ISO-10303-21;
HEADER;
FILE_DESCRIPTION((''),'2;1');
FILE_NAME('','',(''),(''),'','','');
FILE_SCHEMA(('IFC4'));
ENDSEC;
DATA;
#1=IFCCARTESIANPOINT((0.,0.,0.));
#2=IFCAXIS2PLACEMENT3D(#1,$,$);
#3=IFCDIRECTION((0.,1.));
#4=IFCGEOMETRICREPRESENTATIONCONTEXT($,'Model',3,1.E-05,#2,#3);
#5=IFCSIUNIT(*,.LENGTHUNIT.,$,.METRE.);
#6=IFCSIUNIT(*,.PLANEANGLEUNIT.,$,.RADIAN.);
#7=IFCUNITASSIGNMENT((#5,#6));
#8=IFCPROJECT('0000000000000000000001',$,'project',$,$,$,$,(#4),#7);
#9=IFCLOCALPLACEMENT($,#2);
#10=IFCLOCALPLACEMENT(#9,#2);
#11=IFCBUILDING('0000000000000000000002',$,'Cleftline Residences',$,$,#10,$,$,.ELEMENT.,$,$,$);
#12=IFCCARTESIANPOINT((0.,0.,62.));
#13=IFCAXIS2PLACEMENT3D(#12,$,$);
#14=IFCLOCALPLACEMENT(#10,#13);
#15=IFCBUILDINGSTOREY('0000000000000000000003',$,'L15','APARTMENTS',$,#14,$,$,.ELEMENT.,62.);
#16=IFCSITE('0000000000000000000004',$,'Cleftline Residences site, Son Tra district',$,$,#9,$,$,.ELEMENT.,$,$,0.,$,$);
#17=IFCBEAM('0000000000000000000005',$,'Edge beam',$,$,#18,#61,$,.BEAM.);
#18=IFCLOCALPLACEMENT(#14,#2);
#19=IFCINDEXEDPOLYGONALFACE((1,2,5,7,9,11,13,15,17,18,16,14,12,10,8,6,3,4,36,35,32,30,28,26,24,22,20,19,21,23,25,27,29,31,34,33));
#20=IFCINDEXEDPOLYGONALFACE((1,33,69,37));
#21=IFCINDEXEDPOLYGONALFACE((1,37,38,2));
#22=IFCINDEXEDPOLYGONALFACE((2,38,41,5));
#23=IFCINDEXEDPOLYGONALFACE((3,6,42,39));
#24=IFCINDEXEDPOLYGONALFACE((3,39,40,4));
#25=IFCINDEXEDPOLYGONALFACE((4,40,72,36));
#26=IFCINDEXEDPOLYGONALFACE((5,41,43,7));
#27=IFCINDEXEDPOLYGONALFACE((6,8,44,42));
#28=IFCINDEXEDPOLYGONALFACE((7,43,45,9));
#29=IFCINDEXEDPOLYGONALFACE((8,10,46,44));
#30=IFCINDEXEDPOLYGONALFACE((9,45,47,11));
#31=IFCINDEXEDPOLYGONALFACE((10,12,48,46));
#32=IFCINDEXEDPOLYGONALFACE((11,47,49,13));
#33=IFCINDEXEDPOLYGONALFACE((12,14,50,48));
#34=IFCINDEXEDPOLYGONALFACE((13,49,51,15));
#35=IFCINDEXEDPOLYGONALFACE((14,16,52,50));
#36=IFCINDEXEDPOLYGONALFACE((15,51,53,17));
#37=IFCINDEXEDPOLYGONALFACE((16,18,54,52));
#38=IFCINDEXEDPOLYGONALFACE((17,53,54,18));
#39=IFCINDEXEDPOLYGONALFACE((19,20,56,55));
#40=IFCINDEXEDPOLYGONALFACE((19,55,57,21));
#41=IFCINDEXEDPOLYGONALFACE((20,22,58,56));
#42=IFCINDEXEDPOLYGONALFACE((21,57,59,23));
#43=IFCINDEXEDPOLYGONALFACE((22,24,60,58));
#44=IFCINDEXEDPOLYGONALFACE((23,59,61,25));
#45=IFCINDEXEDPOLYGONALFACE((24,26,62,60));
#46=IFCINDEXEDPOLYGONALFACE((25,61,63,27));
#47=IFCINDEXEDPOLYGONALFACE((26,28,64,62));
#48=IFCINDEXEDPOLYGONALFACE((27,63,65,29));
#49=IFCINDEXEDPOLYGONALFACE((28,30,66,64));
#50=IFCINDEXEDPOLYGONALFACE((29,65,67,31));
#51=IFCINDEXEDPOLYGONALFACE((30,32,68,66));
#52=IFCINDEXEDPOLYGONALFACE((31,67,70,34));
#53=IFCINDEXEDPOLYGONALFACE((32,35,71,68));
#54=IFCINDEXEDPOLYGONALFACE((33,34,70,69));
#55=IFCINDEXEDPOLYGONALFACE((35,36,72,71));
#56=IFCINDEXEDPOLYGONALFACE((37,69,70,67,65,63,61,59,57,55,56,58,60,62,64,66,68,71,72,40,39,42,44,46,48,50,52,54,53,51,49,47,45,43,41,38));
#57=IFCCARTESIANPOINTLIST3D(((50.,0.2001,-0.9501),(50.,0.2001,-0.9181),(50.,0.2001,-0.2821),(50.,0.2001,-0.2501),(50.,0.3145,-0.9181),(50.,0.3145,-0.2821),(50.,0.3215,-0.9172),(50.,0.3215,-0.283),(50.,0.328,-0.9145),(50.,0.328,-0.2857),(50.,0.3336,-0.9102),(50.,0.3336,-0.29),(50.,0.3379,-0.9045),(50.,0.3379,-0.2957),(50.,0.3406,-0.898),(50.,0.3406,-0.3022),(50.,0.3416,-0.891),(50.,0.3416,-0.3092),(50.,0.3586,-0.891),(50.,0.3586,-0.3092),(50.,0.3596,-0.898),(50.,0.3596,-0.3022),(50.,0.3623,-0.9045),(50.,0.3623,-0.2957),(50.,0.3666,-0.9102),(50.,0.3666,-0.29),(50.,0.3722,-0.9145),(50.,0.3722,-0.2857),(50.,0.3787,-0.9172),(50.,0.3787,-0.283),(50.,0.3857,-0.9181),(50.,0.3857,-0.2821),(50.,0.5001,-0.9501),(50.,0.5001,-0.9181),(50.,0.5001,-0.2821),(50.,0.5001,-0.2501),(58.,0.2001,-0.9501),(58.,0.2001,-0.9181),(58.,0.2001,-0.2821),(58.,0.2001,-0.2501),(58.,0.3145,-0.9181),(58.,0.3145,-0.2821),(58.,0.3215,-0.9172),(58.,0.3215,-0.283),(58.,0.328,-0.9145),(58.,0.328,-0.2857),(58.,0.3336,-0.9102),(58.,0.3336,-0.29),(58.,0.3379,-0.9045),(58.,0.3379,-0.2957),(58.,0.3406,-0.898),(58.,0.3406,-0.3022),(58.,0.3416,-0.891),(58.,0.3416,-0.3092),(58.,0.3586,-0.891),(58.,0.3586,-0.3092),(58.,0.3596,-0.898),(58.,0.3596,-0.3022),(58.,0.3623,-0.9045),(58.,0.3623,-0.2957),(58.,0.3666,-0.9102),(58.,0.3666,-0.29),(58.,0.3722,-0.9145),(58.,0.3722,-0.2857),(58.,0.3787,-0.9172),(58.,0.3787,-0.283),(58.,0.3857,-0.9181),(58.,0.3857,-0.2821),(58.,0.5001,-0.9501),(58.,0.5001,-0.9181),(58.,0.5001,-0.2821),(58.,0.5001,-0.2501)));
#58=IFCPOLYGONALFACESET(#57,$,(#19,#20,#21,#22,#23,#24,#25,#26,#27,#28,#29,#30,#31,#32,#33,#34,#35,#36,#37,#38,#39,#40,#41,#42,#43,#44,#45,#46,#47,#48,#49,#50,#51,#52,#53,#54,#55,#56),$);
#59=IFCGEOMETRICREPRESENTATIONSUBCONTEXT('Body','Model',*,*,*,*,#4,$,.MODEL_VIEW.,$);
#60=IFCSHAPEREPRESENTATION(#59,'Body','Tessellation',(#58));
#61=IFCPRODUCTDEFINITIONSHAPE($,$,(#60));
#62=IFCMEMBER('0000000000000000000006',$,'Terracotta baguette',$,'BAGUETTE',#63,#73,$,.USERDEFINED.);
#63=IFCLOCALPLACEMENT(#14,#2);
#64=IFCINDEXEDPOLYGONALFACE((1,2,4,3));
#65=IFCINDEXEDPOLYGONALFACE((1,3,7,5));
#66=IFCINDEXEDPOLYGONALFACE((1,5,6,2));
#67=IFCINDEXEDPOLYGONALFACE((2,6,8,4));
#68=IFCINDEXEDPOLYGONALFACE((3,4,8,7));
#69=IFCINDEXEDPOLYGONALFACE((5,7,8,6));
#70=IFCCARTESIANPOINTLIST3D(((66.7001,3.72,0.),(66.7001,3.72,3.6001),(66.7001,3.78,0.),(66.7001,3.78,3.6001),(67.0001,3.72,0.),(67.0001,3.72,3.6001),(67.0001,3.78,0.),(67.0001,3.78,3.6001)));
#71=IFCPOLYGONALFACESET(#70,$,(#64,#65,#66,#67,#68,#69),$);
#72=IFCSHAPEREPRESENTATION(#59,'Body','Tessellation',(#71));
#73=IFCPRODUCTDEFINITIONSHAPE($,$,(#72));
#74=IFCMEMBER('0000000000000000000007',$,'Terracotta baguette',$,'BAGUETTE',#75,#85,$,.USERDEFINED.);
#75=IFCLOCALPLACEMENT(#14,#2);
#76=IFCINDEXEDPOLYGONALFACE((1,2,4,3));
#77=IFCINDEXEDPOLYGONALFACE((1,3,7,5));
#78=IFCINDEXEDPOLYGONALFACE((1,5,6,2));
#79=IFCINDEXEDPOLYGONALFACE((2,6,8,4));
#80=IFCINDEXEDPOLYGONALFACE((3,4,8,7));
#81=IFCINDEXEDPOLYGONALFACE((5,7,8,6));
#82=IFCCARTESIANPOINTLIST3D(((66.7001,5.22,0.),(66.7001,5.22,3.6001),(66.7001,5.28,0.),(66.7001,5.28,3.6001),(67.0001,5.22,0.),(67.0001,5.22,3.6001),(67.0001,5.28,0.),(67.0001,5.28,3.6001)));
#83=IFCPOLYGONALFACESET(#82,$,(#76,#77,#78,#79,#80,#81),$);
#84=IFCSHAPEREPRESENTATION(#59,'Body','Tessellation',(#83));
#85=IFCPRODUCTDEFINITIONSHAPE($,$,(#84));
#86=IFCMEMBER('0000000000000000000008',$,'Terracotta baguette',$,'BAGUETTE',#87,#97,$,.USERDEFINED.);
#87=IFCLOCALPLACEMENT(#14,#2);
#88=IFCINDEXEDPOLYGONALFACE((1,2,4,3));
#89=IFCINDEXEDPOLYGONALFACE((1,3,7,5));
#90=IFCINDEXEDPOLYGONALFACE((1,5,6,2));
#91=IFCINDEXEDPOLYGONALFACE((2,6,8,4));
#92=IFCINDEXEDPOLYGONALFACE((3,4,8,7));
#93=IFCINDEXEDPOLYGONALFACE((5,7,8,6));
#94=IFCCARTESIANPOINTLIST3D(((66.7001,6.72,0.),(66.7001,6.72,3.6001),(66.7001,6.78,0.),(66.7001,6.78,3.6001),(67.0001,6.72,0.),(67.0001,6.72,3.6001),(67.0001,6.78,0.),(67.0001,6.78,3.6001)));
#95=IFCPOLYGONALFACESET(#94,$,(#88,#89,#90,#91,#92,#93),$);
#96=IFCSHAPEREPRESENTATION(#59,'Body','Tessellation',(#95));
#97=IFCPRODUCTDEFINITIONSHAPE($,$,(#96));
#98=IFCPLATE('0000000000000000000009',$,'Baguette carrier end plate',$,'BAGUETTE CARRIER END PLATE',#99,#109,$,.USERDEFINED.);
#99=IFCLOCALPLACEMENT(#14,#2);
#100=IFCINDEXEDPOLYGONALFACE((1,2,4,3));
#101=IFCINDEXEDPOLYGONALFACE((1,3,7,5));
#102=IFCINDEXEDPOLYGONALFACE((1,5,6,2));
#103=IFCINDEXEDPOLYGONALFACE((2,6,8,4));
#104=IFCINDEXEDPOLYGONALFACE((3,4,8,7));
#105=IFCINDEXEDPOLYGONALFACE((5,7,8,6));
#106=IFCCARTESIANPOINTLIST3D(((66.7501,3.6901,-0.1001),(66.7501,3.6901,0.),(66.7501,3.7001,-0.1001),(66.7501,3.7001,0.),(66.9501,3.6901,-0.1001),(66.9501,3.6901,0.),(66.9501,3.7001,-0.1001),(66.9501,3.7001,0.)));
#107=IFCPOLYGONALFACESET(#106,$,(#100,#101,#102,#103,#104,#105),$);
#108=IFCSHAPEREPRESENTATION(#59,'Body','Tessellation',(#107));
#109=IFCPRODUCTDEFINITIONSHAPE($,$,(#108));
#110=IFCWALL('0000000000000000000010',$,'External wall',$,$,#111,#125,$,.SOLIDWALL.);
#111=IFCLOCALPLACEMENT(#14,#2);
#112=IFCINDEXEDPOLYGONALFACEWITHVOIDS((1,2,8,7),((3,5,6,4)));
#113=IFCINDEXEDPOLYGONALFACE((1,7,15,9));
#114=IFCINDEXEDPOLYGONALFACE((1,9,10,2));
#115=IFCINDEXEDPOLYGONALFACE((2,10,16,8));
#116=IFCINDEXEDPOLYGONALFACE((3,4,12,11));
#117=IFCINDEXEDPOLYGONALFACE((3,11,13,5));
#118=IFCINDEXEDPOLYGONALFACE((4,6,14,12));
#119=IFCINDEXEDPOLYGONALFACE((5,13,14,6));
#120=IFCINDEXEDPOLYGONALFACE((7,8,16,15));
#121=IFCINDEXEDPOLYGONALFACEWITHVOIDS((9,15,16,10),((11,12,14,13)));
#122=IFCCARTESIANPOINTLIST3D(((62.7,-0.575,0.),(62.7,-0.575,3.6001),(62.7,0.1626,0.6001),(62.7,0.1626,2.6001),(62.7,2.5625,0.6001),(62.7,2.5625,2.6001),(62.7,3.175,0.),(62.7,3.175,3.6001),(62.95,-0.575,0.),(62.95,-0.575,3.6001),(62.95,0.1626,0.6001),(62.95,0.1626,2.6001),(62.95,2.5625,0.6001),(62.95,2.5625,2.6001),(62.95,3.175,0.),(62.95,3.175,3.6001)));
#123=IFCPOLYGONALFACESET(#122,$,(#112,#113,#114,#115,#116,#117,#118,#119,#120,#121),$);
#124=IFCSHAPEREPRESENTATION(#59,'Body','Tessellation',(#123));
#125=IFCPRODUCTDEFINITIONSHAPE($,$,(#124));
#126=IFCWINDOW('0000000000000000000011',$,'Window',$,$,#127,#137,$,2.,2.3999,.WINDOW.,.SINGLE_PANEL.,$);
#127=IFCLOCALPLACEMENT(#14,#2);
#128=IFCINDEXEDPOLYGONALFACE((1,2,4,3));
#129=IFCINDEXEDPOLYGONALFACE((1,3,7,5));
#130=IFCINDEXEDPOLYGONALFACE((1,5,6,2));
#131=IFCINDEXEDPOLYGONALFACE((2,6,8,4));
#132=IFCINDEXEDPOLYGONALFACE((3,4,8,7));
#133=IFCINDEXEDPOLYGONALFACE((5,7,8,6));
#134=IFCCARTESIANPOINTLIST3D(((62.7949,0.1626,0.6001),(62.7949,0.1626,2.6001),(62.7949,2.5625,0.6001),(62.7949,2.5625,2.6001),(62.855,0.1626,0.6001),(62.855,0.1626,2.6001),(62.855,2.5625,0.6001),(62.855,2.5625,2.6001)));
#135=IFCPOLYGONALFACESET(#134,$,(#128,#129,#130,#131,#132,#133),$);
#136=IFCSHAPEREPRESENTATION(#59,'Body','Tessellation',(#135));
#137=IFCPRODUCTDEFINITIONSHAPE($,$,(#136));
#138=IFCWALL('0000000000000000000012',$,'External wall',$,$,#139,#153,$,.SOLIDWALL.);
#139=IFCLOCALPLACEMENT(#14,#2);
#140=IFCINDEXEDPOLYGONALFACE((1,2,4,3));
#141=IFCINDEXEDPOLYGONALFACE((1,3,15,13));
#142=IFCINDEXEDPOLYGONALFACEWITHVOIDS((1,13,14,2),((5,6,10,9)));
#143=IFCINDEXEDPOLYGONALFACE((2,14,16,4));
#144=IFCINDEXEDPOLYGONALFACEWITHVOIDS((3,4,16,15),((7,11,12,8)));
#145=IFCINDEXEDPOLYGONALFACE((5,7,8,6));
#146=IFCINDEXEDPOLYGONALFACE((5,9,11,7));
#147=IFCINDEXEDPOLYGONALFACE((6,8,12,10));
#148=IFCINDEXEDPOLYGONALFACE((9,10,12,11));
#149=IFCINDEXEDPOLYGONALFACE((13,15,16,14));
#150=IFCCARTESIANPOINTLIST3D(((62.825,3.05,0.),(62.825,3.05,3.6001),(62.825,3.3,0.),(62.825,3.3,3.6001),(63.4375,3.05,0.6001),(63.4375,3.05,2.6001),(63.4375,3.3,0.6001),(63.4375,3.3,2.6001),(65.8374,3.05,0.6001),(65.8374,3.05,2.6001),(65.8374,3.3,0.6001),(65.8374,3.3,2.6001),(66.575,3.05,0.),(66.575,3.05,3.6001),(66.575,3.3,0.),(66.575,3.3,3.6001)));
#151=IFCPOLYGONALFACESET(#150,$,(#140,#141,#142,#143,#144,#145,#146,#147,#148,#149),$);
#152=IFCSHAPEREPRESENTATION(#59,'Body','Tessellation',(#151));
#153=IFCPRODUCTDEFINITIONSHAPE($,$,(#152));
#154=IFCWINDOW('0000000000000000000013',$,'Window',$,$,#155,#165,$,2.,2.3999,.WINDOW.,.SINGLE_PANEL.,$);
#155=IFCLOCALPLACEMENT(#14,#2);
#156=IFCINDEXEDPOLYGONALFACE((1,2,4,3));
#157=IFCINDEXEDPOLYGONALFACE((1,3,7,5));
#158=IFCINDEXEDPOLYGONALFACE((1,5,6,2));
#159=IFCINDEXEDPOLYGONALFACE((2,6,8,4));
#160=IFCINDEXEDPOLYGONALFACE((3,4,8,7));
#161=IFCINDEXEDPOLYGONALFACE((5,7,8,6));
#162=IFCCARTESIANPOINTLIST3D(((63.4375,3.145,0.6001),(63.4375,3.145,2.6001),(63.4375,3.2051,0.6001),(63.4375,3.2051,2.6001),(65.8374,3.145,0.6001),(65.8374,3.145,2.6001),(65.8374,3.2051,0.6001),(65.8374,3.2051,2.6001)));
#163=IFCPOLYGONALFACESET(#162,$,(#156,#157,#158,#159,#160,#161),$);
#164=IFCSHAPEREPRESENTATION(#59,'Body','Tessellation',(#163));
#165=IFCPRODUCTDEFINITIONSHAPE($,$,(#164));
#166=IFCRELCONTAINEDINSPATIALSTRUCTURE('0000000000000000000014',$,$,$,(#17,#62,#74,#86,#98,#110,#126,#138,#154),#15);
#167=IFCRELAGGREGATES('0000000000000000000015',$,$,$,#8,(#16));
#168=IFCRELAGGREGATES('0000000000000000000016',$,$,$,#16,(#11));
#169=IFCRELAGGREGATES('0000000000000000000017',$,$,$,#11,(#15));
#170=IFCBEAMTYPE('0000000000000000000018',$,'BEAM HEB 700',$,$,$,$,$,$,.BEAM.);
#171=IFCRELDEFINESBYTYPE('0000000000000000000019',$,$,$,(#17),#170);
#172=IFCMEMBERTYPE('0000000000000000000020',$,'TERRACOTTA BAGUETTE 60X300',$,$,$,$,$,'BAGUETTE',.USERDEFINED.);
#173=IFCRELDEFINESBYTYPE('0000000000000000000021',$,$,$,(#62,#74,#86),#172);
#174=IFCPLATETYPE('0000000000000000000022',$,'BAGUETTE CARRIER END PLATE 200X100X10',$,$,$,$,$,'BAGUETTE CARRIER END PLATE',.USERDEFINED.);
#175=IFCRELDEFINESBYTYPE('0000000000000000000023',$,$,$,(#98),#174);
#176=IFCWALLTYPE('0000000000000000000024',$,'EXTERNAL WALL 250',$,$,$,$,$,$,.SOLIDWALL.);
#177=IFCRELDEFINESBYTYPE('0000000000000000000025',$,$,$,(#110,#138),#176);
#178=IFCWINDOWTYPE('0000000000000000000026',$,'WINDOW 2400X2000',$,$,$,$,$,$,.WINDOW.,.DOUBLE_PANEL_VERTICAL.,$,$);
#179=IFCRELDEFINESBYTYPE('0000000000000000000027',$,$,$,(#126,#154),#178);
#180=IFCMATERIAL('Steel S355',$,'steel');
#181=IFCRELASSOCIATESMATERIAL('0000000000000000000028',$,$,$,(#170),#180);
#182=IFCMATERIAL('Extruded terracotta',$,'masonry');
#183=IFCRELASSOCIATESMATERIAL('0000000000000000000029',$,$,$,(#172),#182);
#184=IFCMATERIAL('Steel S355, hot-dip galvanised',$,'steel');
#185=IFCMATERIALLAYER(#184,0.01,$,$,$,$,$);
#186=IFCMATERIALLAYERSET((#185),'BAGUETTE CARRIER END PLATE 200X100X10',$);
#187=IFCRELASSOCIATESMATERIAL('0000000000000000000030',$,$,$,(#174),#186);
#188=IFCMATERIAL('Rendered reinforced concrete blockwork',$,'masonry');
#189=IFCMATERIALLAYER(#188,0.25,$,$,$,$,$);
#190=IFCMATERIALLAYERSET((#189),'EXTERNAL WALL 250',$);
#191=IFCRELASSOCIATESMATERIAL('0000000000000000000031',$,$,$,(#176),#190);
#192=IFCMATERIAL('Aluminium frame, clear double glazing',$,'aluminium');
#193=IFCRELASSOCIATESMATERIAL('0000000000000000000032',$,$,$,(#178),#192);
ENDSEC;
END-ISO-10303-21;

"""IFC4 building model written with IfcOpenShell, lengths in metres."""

from ifc_helpers import new_model, si_unit, direction, frame, frame_2d, origin, origin_2d, place, context, subcontext, project, spatial, rectangle, i_section, extrude, material, layer, layer_set, material_profile, profile_set, type_object, element, fill, save


model = new_model("IFC4")

# Units and contexts
model_context = context("Model", 3, precision=1e-05, world=origin(), true_north=direction((0.0, 1.0)))
body_context = subcontext(model_context, "Body", "Model", "MODEL_VIEW")
ifc_project = project(units=[si_unit("LENGTHUNIT", "METRE"), si_unit("PLANEANGLEUNIT", "RADIAN")], contexts=[model_context])

# Site, building, storey
site_placement = place(None, origin())
site = spatial("IfcSite", under=ifc_project, at=site_placement, Name="Cleftline Residences site, Son Tra district", CompositionType="ELEMENT", RefElevation=0.0)
building_placement = place(site_placement, origin())
building = spatial("IfcBuilding", under=site, at=building_placement, Name="Cleftline Residences", CompositionType="ELEMENT")
storey_placement = place(building_placement, frame((0.0, 0.0, 62.0)))
storey = spatial("IfcBuildingStorey", under=building, at=storey_placement, Name="L15", Description="APARTMENTS", CompositionType="ELEMENT", Elevation=62.0)

# Beam
ifc_material_1 = material(Name="Steel S355", Category="steel")
ifc_material_profile_1 = material_profile(ifc_material_1, i_section(OverallWidth=0.3, OverallDepth=0.7, WebThickness=0.0171, FlangeThickness=0.032, FilletRadius=0.0271, at=origin_2d()))
ifc_profile_set_1 = profile_set([ifc_material_profile_1], Name="Steel S355")
beam_type = type_object("IfcBeamType", Name="BEAM HEB 700", PredefinedType="BEAM", material=ifc_profile_set_1)
beam_placement = place(storey_placement, frame((58.0, 0.3501, -0.6001), z_axis=(-1.0, 0.0, 0.0), x_axis=(0.0, -1.0, 0.0)))
element("IfcBeam", 1, at=beam_placement, inside=storey, type_object=beam_type, Name="Edge beam", PredefinedType="BEAM", context=body_context, shape_type="SweptSolid", body=[
    extrude(i_section(OverallWidth=0.3, OverallDepth=0.7, WebThickness=0.0171, FlangeThickness=0.032, FilletRadius=0.0271, at=origin_2d()), origin(), (0.0, 0.0, 1.0), 8.0),
])

# Members
ifc_material_2 = material(Name="Extruded terracotta", Category="masonry")
ifc_material_profile_2 = material_profile(ifc_material_2, rectangle(XDim=0.0601, YDim=0.3, at=origin_2d()))
ifc_profile_set_2 = profile_set([ifc_material_profile_2], Name="Extruded terracotta")
member_type_1 = type_object("IfcMemberType", Name="TERRACOTTA BAGUETTE 60X300", ElementType="BAGUETTE", PredefinedType="USERDEFINED", material=ifc_profile_set_2)
for number, where, z_axis, x_axis, name in (
    (2, (66.8501, 3.75, 0.0), (0.0, 0.0, 1.0), (0.0, 1.0, 0.0), "Terracotta baguette"),
    (3, (66.8501, 5.25, 0.0), (0.0, 0.0, 1.0), (0.0, 1.0, 0.0), "Terracotta baguette"),
    (4, (66.8501, 6.75, 0.0), (0.0, 0.0, 1.0), (0.0, 1.0, 0.0), "Terracotta baguette"),
):
    element("IfcMember", number, at=place(storey_placement, frame(where, z_axis=z_axis, x_axis=x_axis)), inside=storey, type_object=member_type_1, Name=name, ObjectType="BAGUETTE", PredefinedType="USERDEFINED", context=body_context, shape_type="SweptSolid", body=[
        extrude(rectangle(XDim=0.0601, YDim=0.3, at=origin_2d()), origin(), (0.0, 0.0, 1.0), 3.6001),
    ])

# Plate
ifc_material_3 = material(Name="Steel S355, hot-dip galvanised", Category="steel")
ifc_layer_1 = layer(ifc_material_3, 0.01)
ifc_layer_set_1 = layer_set([ifc_layer_1], Name="BAGUETTE CARRIER END PLATE 200X100X10")
plate_type = type_object("IfcPlateType", Name="BAGUETTE CARRIER END PLATE 200X100X10", ElementType="BAGUETTE CARRIER END PLATE", PredefinedType="USERDEFINED", material=ifc_layer_set_1)
plate_placement = place(storey_placement, frame((66.8501, 3.6951, -0.1001), z_axis=(0.0, 0.0, 1.0), x_axis=(1.0, 0.0, 0.0)))
element("IfcPlate", 5, at=plate_placement, inside=storey, type_object=plate_type, Name="Baguette carrier end plate", ObjectType="BAGUETTE CARRIER END PLATE", PredefinedType="USERDEFINED", context=body_context, shape_type="SweptSolid", body=[
    extrude(rectangle(XDim=0.2, YDim=0.01, at=origin_2d()), origin(), (0.0, 0.0, 1.0), 0.1001),
])

# Walls, openings, windows
ifc_material_4 = material(Name="Rendered reinforced concrete blockwork", Category="masonry")
ifc_layer_2 = layer(ifc_material_4, 0.25)
ifc_layer_set_2 = layer_set([ifc_layer_2], Name="EXTERNAL WALL 250")
wall_type_1 = type_object("IfcWallType", Name="EXTERNAL WALL 250", PredefinedType="SOLIDWALL", material=ifc_layer_set_2)
wall_1_placement = place(storey_placement, frame((62.825, -0.575, 0.0), z_axis=(0.0, 0.0, 1.0), x_axis=(0.0, 1.0, 0.0)))
wall_1 = element("IfcWall", 6, at=wall_1_placement, inside=storey, type_object=wall_type_1, Name="External wall", PredefinedType="SOLIDWALL", context=body_context, shape_type="SweptSolid", body=[
    extrude(rectangle(XDim=3.75, YDim=0.25, at=frame_2d((1.875, 0.0))), origin(), (0.0, 0.0, 1.0), 3.6001),
])
opening_1_placement = place(wall_1_placement, frame((0.7375, 0.0, 0.6001)))
opening_1 = element("IfcOpeningElement", 7, at=opening_1_placement, cuts=wall_1, PredefinedType="OPENING", context=body_context, shape_type="SweptSolid", body=[
    extrude(rectangle(XDim=2.3999, YDim=2.0, at=frame_2d((1.2, 1.0))), frame((0.0, 0.135, 0.0), z_axis=(0.0, -1.0, 0.0), x_axis=(1.0, 0.0, 0.0)), (0.0, 0.0, 1.0), 0.27),
])
ifc_material_5 = material(Name="Aluminium frame, clear double glazing", Category="aluminium")
window_type_1 = type_object("IfcWindowType", Name="WINDOW 2400X2000", PartitioningType="DOUBLE_PANEL_VERTICAL", PredefinedType="WINDOW", material=ifc_material_5)
window_1_placement = place(opening_1_placement, origin())
window_1 = element("IfcWindow", 8, at=window_1_placement, inside=storey, type_object=window_type_1, Name="Window", OverallHeight=2.0, OverallWidth=2.3999, PartitioningType="SINGLE_PANEL", PredefinedType="WINDOW", context=body_context, shape_type="SweptSolid", body=[
    extrude(rectangle(XDim=2.3999, YDim=2.0, at=frame_2d((1.2, 1.0))), frame((0.0, 0.03, 0.0), z_axis=(0.0, -1.0, 0.0), x_axis=(1.0, 0.0, 0.0)), (0.0, 0.0, 1.0), 0.0601),
])
fill(opening_1, window_1)
wall_2_placement = place(storey_placement, frame((62.825, 3.175, 0.0), z_axis=(0.0, 0.0, 1.0), x_axis=(1.0, 0.0, 0.0)))
wall_2 = element("IfcWall", 9, at=wall_2_placement, inside=storey, type_object=wall_type_1, Name="External wall", PredefinedType="SOLIDWALL", context=body_context, shape_type="SweptSolid", body=[
    extrude(rectangle(XDim=3.75, YDim=0.25, at=frame_2d((1.875, 0.0))), origin(), (0.0, 0.0, 1.0), 3.6001),
])
opening_2_placement = place(wall_2_placement, frame((0.6125, 0.0, 0.6001)))
opening_2 = element("IfcOpeningElement", 10, at=opening_2_placement, cuts=wall_2, PredefinedType="OPENING", context=body_context, shape_type="SweptSolid", body=[
    extrude(rectangle(XDim=2.3999, YDim=2.0, at=frame_2d((1.2, 1.0))), frame((0.0, 0.135, 0.0), z_axis=(0.0, -1.0, 0.0), x_axis=(1.0, 0.0, 0.0)), (0.0, 0.0, 1.0), 0.27),
])
window_2_placement = place(opening_2_placement, origin())
window_2 = element("IfcWindow", 11, at=window_2_placement, inside=storey, type_object=window_type_1, Name="Window", OverallHeight=2.0, OverallWidth=2.3999, PartitioningType="SINGLE_PANEL", PredefinedType="WINDOW", context=body_context, shape_type="SweptSolid", body=[
    extrude(rectangle(XDim=2.3999, YDim=2.0, at=frame_2d((1.2, 1.0))), frame((0.0, 0.03, 0.0), z_axis=(0.0, -1.0, 0.0), x_axis=(1.0, 0.0, 0.0)), (0.0, 0.0, 1.0), 0.0601),
])
fill(opening_2, window_2)

save(model, "model.ifc")
